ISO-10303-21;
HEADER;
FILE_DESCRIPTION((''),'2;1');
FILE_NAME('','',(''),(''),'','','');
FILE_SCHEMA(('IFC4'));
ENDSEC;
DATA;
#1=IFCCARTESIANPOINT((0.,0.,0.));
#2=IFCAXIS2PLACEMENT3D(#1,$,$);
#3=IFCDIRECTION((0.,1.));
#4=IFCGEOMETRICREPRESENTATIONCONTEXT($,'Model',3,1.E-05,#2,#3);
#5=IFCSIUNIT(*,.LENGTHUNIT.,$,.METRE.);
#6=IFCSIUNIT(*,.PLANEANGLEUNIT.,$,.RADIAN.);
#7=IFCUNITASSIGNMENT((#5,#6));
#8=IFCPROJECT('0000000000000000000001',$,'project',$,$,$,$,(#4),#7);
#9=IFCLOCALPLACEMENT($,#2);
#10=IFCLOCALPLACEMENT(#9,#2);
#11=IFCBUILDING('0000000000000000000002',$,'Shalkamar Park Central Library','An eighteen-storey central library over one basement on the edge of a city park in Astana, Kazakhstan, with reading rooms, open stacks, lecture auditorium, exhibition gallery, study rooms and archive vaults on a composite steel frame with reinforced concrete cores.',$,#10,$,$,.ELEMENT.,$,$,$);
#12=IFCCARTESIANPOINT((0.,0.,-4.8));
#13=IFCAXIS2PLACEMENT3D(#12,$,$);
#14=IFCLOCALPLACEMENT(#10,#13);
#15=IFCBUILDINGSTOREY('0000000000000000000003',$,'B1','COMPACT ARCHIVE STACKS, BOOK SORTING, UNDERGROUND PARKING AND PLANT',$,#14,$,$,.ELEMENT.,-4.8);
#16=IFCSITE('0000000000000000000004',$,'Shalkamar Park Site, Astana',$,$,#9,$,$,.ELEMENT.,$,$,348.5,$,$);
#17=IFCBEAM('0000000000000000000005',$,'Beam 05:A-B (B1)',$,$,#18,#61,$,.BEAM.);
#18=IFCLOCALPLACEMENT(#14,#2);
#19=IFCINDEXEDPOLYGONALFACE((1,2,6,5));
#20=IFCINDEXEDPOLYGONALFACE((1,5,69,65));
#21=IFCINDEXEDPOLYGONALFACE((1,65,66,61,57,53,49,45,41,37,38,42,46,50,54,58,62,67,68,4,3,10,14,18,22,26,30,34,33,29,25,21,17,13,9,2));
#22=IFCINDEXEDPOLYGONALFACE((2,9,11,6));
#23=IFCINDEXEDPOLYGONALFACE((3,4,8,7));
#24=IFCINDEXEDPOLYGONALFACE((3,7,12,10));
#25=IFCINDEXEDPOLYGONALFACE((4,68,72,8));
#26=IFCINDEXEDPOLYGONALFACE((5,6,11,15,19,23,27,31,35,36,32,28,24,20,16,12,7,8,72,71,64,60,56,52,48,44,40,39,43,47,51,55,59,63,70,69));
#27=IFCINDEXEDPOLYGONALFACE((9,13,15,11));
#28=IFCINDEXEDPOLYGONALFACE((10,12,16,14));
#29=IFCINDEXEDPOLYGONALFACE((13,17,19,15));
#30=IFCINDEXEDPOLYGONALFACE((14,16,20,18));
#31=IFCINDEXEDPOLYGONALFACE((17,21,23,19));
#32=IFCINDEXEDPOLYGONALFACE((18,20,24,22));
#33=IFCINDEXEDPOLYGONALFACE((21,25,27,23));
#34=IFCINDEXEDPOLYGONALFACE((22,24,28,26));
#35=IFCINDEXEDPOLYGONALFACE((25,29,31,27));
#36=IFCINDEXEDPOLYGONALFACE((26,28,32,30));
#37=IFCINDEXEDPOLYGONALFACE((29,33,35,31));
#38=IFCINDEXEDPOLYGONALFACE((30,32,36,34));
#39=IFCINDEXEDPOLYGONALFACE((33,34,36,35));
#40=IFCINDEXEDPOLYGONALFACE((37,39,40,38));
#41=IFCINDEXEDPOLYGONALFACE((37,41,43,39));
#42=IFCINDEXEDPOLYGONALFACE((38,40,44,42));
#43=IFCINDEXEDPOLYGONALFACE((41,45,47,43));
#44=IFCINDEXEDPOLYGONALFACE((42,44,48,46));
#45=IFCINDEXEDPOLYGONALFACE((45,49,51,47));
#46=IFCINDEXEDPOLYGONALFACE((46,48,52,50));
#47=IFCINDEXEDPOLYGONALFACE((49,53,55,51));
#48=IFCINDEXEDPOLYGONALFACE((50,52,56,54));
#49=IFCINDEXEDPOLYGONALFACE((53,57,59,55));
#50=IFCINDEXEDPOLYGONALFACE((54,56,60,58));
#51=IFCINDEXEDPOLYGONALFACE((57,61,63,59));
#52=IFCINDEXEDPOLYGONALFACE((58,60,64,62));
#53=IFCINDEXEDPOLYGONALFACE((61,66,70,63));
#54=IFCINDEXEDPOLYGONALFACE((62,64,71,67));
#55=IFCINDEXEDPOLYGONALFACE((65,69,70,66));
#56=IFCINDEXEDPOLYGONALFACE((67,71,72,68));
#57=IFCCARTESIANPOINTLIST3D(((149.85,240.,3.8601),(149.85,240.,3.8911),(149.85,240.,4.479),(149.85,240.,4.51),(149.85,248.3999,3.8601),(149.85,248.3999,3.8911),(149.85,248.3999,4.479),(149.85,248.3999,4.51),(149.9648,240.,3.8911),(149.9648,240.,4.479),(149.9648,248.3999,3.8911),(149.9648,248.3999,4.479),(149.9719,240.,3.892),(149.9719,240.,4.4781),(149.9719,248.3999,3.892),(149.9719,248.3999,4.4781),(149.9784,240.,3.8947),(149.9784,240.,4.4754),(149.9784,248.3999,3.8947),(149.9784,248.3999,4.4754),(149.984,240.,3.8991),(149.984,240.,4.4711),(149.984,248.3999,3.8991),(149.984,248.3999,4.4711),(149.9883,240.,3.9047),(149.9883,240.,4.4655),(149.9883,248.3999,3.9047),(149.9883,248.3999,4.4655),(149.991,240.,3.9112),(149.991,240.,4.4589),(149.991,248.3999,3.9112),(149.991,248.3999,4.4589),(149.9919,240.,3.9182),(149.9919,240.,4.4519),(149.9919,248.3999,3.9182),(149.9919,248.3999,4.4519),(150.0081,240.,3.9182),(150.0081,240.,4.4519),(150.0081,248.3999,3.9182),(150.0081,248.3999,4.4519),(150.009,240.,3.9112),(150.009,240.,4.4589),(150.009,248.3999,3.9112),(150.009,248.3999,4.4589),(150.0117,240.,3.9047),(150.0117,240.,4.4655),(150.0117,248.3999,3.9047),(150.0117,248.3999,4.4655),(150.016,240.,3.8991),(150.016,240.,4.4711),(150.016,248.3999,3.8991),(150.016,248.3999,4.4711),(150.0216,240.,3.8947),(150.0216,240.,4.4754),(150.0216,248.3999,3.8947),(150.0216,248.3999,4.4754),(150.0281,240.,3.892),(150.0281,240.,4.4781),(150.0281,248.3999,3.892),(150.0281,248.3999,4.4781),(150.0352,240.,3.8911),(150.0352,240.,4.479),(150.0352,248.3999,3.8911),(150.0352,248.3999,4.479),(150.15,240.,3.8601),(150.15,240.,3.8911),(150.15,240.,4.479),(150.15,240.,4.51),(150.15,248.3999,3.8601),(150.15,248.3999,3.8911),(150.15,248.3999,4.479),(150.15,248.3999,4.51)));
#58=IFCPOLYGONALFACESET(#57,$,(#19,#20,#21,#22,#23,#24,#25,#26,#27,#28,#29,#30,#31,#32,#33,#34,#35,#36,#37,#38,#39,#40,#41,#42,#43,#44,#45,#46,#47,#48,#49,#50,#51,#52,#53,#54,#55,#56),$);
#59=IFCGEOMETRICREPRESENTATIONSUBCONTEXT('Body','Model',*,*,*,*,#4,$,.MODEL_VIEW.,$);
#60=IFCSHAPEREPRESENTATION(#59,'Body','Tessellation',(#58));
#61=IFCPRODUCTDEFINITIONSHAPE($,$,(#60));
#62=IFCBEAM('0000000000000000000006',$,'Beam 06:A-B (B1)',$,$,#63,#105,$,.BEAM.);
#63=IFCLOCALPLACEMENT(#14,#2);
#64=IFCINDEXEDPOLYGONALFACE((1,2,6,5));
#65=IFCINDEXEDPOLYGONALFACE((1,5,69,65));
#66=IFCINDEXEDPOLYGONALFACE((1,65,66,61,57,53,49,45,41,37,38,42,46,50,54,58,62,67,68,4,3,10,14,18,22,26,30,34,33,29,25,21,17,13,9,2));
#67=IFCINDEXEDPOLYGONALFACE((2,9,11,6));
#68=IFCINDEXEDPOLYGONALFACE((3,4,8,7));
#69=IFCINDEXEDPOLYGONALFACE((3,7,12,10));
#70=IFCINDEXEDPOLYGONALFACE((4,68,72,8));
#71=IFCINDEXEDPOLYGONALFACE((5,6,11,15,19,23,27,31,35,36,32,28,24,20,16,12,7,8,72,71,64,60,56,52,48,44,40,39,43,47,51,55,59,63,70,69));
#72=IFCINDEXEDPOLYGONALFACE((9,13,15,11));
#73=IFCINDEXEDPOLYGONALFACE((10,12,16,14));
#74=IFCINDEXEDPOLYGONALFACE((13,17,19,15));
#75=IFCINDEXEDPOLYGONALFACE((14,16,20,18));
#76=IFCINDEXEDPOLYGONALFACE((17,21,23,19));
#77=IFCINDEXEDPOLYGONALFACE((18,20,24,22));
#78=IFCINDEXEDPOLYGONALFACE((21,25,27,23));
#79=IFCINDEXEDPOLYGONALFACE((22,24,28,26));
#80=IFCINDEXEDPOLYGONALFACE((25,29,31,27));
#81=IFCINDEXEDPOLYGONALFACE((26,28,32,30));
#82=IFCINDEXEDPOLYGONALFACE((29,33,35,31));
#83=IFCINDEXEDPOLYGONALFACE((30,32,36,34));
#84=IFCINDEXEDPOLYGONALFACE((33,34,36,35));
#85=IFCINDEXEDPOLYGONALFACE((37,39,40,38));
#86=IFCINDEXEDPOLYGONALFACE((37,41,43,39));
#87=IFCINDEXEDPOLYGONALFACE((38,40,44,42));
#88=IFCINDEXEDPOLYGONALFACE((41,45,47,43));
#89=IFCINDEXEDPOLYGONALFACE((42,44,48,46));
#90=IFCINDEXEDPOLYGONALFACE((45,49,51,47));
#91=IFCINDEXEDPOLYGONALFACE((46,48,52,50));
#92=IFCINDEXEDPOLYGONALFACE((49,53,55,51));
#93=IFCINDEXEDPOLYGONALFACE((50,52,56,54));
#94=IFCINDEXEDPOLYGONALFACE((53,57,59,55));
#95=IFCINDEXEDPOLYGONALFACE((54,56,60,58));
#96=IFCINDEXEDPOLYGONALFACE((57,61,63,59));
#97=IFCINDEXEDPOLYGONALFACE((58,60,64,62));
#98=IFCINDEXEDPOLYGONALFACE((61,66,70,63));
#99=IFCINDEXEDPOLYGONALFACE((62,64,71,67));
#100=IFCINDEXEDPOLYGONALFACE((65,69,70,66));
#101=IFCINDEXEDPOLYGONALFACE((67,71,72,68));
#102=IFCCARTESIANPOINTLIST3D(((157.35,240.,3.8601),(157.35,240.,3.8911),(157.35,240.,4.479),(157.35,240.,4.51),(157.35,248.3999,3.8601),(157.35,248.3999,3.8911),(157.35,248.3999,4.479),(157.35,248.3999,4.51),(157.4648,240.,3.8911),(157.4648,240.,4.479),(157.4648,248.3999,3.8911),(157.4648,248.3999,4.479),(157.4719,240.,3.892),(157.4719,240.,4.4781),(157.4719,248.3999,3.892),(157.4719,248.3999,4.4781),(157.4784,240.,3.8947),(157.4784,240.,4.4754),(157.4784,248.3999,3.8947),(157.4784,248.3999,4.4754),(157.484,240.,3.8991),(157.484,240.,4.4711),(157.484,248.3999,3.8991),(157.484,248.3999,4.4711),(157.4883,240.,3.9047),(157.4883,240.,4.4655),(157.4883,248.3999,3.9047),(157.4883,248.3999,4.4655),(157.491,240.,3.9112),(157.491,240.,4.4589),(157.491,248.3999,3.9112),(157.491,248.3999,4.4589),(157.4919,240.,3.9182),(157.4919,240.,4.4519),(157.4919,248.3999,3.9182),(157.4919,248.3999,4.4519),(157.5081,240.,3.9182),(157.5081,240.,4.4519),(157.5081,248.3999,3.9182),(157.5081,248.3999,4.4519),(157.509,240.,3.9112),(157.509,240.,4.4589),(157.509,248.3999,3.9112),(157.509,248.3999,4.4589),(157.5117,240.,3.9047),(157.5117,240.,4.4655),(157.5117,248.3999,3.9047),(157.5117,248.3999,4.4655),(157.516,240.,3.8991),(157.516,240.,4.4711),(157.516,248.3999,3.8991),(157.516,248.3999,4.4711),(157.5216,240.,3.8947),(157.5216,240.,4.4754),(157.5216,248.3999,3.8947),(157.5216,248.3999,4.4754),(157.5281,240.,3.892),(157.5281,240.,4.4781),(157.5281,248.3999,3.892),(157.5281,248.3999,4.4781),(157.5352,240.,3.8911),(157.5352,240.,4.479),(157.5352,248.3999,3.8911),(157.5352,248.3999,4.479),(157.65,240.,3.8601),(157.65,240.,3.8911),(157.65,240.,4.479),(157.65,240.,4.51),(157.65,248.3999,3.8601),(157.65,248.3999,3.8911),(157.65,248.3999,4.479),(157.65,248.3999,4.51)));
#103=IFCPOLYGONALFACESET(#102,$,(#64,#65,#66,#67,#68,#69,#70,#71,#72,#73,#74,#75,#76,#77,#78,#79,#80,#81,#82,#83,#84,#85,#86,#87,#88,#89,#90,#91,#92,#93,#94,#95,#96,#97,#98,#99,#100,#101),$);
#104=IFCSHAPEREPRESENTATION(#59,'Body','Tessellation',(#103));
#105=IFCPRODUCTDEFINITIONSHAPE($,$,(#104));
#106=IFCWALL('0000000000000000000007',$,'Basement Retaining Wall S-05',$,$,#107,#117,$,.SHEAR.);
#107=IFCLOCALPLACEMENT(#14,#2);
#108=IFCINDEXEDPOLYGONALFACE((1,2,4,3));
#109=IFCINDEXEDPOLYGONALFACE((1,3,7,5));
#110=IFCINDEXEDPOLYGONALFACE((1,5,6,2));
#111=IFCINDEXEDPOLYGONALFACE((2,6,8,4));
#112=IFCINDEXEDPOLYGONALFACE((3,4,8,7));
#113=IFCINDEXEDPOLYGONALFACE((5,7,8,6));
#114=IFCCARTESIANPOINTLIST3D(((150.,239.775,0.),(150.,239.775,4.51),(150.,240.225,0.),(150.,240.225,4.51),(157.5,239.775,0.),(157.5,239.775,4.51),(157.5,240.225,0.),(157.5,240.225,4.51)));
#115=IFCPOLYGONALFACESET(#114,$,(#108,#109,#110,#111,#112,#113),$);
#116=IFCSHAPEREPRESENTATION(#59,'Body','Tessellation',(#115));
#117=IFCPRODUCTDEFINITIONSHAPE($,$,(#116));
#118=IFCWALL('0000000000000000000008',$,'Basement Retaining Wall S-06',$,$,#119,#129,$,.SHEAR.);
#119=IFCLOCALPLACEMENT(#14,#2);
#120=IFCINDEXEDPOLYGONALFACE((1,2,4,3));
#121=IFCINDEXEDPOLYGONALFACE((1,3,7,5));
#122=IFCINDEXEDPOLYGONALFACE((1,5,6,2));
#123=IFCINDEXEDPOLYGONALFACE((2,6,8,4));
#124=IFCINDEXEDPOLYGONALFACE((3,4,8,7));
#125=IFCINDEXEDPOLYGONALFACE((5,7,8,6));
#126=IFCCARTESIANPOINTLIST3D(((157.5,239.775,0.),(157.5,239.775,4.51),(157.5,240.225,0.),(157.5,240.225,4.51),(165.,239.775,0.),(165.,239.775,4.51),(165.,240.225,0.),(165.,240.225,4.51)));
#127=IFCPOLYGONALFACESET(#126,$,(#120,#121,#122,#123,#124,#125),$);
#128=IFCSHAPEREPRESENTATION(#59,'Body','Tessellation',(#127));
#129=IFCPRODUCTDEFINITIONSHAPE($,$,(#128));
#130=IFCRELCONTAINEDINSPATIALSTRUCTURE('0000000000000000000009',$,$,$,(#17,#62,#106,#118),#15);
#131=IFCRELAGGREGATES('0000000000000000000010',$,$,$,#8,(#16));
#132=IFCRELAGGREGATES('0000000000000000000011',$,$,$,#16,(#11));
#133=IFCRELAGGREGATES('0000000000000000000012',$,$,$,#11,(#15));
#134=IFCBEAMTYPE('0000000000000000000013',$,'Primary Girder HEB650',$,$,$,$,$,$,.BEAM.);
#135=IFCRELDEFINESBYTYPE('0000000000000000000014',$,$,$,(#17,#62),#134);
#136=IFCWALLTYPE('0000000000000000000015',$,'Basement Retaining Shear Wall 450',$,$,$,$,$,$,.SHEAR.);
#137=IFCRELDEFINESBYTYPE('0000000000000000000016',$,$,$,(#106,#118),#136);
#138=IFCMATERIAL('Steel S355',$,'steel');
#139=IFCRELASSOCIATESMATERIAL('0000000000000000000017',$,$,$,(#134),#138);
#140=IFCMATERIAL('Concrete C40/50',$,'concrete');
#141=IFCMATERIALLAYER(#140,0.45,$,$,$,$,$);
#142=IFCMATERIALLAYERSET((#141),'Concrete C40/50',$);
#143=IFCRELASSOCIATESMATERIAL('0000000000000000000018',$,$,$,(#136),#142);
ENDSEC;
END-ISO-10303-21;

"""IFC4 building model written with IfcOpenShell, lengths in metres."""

from ifc_helpers import new_model, si_unit, direction, frame, frame_2d, origin, origin_2d, place, context, subcontext, project, spatial, rectangle, i_section, extrude, material, layer, layer_set, material_profile, profile_set, type_object, element, save


model = new_model("IFC4")

# Units and contexts
model_context = context("Model", 3, precision=1e-05, world=origin(), true_north=direction((0.0, 1.0)))
body_context = subcontext(model_context, "Body", "Model", "MODEL_VIEW")
ifc_project = project(units=[si_unit("LENGTHUNIT", "METRE"), si_unit("PLANEANGLEUNIT", "RADIAN")], contexts=[model_context])

# Site, building, storey
site_placement = place(None, origin())
site = spatial("IfcSite", under=ifc_project, at=site_placement, Name="Shalkamar Park Site, Astana", CompositionType="ELEMENT", RefElevation=348.5)
building_placement = place(site_placement, origin())
building = spatial("IfcBuilding", under=site, at=building_placement, Name="Shalkamar Park Central Library", Description="An eighteen-storey central library over one basement on the edge of a city park in Astana, Kazakhstan, with reading rooms, open stacks, lecture auditorium, exhibition gallery, study rooms and archive vaults on a composite steel frame with reinforced concrete cores.", CompositionType="ELEMENT")
storey_placement = place(building_placement, frame((0.0, 0.0, -4.8)))
storey = spatial("IfcBuildingStorey", under=building, at=storey_placement, Name="B1", Description="COMPACT ARCHIVE STACKS, BOOK SORTING, UNDERGROUND PARKING AND PLANT", CompositionType="ELEMENT", Elevation=-4.8)

# Shared definitions
ifc_material_1 = material(Name="Concrete C40/50", Category="concrete")

# Beams
ifc_material_2 = material(Name="Steel S355", Category="steel")
ifc_material_profile_1 = material_profile(ifc_material_2, i_section(OverallWidth=0.3, OverallDepth=0.6499, WebThickness=0.0161, FlangeThickness=0.031, FilletRadius=0.0271, at=origin_2d()), Name="HEB 650")
ifc_profile_set_1 = profile_set([ifc_material_profile_1], Name="Steel S355")
beam_type_1 = type_object("IfcBeamType", Name="Primary Girder HEB650", PredefinedType="BEAM", material=ifc_profile_set_1)
for number, where, z_axis, x_axis, name in (
    (1, (150.0, 240.0, 4.1851), (0.0, 1.0, 0.0), (-1.0, 0.0, 0.0), "Beam 05:A-B (B1)"),
    (2, (157.5, 240.0, 4.1851), (0.0, 1.0, 0.0), (-1.0, 0.0, 0.0), "Beam 06:A-B (B1)"),
):
    element("IfcBeam", number, at=place(storey_placement, frame(where, z_axis=z_axis, x_axis=x_axis)), inside=storey, type_object=beam_type_1, Name=name, PredefinedType="BEAM", context=body_context, shape_type="SweptSolid", body=[
        extrude(i_section(OverallWidth=0.3, OverallDepth=0.6499, WebThickness=0.0161, FlangeThickness=0.031, FilletRadius=0.0271, at=origin_2d()), origin(), (0.0, 0.0, 1.0), 8.3999),
    ])

# Walls
ifc_layer = layer(ifc_material_1, 0.45)
ifc_layer_set = layer_set([ifc_layer], Name="Concrete C40/50")
wall_type = type_object("IfcWallType", Name="Basement Retaining Shear Wall 450", PredefinedType="SHEAR", material=ifc_layer_set)
for number, where, z_axis, x_axis, name in (
    (3, (150.0, 240.0, 0.0), (0.0, 0.0, 1.0), (1.0, 0.0, 0.0), "Basement Retaining Wall S-05"),
    (4, (157.5, 240.0, 0.0), (0.0, 0.0, 1.0), (1.0, 0.0, 0.0), "Basement Retaining Wall S-06"),
):
    element("IfcWall", number, at=place(storey_placement, frame(where, z_axis=z_axis, x_axis=x_axis)), inside=storey, type_object=wall_type, Name=name, PredefinedType="SHEAR", context=body_context, shape_type="SweptSolid", body=[
        extrude(rectangle(XDim=7.5, YDim=0.45, at=frame_2d((3.75, 0.0))), origin(), (0.0, 0.0, 1.0), 4.51),
    ])

save(model, "model.ifc")
